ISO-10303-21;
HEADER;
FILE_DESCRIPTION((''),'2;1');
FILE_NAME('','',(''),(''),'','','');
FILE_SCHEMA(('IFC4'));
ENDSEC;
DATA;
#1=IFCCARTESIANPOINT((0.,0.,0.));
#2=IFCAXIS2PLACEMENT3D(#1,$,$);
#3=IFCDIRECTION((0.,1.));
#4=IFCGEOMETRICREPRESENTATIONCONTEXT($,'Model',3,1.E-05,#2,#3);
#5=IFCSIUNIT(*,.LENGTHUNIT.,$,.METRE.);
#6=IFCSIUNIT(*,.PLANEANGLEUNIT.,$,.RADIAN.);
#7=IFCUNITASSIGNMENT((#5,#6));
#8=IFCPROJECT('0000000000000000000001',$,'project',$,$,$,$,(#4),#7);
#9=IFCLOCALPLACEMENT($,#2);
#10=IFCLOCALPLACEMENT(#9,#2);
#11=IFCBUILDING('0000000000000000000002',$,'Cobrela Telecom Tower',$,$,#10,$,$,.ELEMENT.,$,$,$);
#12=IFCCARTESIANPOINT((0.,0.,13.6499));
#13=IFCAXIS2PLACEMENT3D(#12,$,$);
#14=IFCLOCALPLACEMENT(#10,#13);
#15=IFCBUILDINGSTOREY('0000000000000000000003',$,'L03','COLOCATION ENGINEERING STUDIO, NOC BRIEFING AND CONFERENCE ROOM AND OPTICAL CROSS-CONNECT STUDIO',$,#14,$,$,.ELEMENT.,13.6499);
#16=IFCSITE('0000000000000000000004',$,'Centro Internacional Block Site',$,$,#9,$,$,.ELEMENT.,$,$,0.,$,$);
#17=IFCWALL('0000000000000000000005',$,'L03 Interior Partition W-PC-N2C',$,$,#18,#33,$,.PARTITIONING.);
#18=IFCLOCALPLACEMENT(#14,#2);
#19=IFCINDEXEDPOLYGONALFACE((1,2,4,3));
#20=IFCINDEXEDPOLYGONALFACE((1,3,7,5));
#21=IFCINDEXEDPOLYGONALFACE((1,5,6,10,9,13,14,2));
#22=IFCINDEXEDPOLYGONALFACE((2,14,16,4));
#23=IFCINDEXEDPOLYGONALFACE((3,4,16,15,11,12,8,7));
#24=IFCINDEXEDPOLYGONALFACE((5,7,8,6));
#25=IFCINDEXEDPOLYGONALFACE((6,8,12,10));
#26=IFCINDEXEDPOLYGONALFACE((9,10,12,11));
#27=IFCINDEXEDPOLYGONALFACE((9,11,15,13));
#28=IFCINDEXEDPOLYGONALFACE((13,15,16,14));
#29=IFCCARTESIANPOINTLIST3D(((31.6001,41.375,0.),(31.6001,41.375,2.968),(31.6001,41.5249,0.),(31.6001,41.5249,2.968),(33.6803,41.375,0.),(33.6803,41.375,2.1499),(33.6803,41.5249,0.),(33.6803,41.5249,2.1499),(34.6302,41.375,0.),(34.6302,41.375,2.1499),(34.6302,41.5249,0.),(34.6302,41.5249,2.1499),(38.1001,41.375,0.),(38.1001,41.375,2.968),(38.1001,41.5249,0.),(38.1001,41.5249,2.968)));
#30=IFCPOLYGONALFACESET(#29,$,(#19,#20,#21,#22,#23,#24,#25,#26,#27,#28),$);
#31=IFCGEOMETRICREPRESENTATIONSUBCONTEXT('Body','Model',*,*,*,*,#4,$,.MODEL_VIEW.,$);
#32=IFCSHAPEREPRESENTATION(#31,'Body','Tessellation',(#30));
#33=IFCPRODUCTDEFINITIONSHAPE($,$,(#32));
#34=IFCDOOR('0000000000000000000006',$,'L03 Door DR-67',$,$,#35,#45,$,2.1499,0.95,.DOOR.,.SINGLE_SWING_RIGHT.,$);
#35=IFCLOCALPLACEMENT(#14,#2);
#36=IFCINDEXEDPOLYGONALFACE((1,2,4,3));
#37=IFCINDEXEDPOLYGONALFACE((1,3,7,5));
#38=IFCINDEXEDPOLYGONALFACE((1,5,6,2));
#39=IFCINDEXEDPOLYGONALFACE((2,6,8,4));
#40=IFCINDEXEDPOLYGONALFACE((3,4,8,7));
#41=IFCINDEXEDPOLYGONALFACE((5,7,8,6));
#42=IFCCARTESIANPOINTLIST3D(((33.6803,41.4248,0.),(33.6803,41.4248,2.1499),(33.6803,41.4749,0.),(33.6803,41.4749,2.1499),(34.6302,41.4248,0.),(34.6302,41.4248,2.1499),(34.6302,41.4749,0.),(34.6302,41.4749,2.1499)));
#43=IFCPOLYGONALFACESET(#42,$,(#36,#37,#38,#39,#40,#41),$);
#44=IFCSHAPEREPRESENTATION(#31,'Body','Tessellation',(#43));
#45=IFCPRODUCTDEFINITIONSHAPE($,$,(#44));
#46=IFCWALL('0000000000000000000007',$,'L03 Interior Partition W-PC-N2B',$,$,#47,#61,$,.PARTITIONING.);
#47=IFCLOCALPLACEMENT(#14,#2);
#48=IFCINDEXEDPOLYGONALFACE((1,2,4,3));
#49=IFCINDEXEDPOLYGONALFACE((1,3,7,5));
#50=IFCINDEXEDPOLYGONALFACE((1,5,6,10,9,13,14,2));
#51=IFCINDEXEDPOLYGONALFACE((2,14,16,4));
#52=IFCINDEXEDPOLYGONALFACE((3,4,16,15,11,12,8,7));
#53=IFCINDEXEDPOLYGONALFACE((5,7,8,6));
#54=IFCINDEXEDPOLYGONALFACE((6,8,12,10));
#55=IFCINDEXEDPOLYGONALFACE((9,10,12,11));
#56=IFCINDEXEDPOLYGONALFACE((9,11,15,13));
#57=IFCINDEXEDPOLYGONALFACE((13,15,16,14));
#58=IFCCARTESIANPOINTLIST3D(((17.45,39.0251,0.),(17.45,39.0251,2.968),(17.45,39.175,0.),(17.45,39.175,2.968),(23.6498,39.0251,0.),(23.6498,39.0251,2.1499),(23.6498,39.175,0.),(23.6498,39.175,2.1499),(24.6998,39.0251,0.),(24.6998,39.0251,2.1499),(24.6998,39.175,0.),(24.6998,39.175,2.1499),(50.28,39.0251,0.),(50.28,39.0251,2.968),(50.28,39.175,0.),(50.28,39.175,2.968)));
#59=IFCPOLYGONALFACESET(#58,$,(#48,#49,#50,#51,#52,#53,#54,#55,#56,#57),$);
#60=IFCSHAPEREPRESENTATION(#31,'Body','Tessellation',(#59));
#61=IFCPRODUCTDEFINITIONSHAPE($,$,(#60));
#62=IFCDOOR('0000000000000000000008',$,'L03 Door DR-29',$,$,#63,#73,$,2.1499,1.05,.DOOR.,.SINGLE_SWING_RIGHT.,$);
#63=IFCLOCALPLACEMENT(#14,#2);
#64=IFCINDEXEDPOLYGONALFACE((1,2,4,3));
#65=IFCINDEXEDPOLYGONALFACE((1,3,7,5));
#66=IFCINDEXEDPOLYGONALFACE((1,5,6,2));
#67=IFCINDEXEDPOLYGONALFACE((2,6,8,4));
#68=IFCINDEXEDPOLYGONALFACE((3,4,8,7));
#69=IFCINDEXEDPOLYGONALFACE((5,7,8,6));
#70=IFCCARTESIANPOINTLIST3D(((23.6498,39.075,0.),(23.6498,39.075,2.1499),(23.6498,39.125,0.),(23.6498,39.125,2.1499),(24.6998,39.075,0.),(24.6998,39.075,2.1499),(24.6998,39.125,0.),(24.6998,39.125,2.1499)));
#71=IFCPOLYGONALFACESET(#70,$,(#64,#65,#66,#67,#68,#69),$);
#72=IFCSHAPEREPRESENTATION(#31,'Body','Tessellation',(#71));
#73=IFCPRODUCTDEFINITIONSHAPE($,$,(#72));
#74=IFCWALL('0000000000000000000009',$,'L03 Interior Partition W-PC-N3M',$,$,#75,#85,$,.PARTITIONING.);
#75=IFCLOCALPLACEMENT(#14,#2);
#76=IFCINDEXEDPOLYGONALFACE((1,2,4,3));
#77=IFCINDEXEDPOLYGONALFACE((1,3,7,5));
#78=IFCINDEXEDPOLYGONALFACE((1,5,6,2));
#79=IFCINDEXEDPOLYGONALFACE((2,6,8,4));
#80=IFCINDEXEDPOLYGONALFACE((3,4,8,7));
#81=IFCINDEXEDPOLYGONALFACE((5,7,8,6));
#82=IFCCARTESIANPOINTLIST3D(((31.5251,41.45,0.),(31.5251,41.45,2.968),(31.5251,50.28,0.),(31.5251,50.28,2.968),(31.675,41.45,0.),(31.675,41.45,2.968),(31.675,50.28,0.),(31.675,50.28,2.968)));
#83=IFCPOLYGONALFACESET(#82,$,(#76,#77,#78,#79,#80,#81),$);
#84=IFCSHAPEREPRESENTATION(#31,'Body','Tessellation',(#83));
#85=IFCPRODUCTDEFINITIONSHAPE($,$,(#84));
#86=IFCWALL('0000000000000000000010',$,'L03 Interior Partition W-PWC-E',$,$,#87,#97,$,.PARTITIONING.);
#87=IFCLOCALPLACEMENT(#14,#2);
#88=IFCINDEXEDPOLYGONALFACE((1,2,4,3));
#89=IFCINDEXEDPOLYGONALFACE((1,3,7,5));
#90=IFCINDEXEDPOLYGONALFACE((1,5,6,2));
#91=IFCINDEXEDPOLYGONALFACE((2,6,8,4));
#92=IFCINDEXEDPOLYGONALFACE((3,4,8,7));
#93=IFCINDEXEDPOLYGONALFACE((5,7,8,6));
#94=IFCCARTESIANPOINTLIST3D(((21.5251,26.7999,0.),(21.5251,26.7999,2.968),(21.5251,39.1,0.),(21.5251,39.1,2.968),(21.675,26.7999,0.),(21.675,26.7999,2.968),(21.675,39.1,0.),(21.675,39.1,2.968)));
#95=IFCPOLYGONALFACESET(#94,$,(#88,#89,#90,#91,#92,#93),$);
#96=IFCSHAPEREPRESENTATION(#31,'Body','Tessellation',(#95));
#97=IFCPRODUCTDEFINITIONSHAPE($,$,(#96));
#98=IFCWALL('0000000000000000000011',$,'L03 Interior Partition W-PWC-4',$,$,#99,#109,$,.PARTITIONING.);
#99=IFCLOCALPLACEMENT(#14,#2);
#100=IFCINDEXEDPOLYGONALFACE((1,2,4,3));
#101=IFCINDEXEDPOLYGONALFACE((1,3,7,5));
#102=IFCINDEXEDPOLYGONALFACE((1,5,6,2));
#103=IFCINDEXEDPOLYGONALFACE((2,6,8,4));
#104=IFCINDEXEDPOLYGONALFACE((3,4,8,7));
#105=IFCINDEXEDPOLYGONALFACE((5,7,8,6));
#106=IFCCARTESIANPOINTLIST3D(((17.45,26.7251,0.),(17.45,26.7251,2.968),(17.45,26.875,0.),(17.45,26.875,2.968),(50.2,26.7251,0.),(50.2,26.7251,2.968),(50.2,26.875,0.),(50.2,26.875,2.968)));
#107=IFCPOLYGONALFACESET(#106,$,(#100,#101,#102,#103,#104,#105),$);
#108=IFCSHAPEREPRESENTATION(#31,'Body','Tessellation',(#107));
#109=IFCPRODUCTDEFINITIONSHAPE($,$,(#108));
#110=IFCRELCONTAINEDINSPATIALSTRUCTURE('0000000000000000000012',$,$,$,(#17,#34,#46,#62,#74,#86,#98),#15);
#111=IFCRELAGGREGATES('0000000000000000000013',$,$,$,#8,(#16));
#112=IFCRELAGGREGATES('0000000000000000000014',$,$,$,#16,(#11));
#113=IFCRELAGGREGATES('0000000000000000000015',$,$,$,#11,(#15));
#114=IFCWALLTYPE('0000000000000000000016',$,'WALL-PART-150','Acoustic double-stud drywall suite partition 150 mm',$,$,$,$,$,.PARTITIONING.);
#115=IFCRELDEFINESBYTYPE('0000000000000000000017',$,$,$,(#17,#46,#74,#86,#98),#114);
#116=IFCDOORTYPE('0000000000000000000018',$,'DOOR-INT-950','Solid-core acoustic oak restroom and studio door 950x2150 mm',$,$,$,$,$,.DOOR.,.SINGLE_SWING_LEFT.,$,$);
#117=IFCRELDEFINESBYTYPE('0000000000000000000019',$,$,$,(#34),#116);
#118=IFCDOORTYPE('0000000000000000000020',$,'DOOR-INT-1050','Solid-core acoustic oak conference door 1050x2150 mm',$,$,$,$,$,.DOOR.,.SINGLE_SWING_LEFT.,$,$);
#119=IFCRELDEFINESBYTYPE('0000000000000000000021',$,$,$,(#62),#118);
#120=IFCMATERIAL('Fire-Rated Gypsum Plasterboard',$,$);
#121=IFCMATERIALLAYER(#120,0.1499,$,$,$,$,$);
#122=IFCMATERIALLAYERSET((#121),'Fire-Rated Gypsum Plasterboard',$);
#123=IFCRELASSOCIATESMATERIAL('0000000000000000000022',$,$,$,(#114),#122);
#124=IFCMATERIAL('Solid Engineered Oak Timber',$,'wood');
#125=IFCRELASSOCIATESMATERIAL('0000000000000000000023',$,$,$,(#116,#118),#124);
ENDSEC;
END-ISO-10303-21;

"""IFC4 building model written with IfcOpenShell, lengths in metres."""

from ifc_helpers import new_model, si_unit, direction, frame, frame_2d, origin, place, context, subcontext, project, spatial, rectangle, extrude, material, layer, layer_set, type_object, element, fill, save


model = new_model("IFC4")

# Units and contexts
model_context = context("Model", 3, precision=1e-05, world=origin(), true_north=direction((0.0, 1.0)))
body_context = subcontext(model_context, "Body", "Model", "MODEL_VIEW")
ifc_project = project(units=[si_unit("LENGTHUNIT", "METRE"), si_unit("PLANEANGLEUNIT", "RADIAN")], contexts=[model_context])

# Site, building, storey
site_placement = place(None, origin())
site = spatial("IfcSite", under=ifc_project, at=site_placement, Name="Centro Internacional Block Site", CompositionType="ELEMENT", RefElevation=0.0)
building_placement = place(site_placement, origin())
building = spatial("IfcBuilding", under=site, at=building_placement, Name="Cobrela Telecom Tower", CompositionType="ELEMENT")
storey_placement = place(building_placement, frame((0.0, 0.0, 13.6499)))
storey = spatial("IfcBuildingStorey", under=building, at=storey_placement, Name="L03", Description="COLOCATION ENGINEERING STUDIO, NOC BRIEFING AND CONFERENCE ROOM AND OPTICAL CROSS-CONNECT STUDIO", CompositionType="ELEMENT", Elevation=13.6499)

# Shared definitions
ifc_material_1 = material(Name="Fire-Rated Gypsum Plasterboard")

# Walls, openings, doors
ifc_layer_1 = layer(ifc_material_1, 0.1499)
ifc_layer_set_1 = layer_set([ifc_layer_1], Name="Fire-Rated Gypsum Plasterboard")
wall_type_1 = type_object("IfcWallType", Name="WALL-PART-150", Description="Acoustic double-stud drywall suite partition 150 mm", PredefinedType="PARTITIONING", material=ifc_layer_set_1)
wall_1_placement = place(storey_placement, frame((31.6001, 41.45, 0.0), z_axis=(0.0, 0.0, 1.0), x_axis=(1.0, 0.0, 0.0)))
wall_1 = element("IfcWall", 1, at=wall_1_placement, inside=storey, type_object=wall_type_1, Name="L03 Interior Partition W-PC-N2C", PredefinedType="PARTITIONING", context=body_context, shape_type="SweptSolid", body=[
    extrude(rectangle(XDim=6.5, YDim=0.1499, at=frame_2d((3.25, 0.0))), origin(), (0.0, 0.0, 1.0), 2.968),
])
opening_1_placement = place(wall_1_placement, frame((2.0801, 0.0, 0.0)))
opening_1 = element("IfcOpeningElement", 2, at=opening_1_placement, cuts=wall_1, PredefinedType="OPENING", context=body_context, shape_type="SweptSolid", body=[
    extrude(rectangle(XDim=0.95, YDim=2.1499, at=frame_2d((0.4751, 1.075))), frame((0.0, 0.0869, 0.0), z_axis=(0.0, -1.0, 0.0), x_axis=(1.0, 0.0, 0.0)), (0.0, 0.0, 1.0), 0.1738),
])
ifc_material_2 = material(Name="Solid Engineered Oak Timber", Category="wood")
door_type_1 = type_object("IfcDoorType", Name="DOOR-INT-950", Description="Solid-core acoustic oak restroom and studio door 950x2150 mm", OperationType="SINGLE_SWING_LEFT", PredefinedType="DOOR", material=ifc_material_2)
door_1_placement = place(opening_1_placement, origin())
door_1 = element("IfcDoor", 3, at=door_1_placement, inside=storey, type_object=door_type_1, Name="L03 Door DR-67", OperationType="SINGLE_SWING_RIGHT", OverallHeight=2.1499, OverallWidth=0.95, PredefinedType="DOOR", context=body_context, shape_type="SweptSolid", body=[
    extrude(rectangle(XDim=0.95, YDim=2.1499, at=frame_2d((0.4751, 1.075))), frame((0.0, 0.0249, 0.0), z_axis=(0.0, -1.0, 0.0), x_axis=(1.0, 0.0, 0.0)), (0.0, 0.0, 1.0), 0.05),
])
fill(opening_1, door_1)
wall_2_placement = place(storey_placement, frame((17.45, 39.1001, 0.0), z_axis=(0.0, 0.0, 1.0), x_axis=(1.0, 0.0, 0.0)))
wall_2 = element("IfcWall", 4, at=wall_2_placement, inside=storey, type_object=wall_type_1, Name="L03 Interior Partition W-PC-N2B", PredefinedType="PARTITIONING", context=body_context, shape_type="SweptSolid", body=[
    extrude(rectangle(XDim=32.8301, YDim=0.1499, at=frame_2d((16.415, 0.0))), origin(), (0.0, 0.0, 1.0), 2.968),
])
opening_2_placement = place(wall_2_placement, frame((6.2, 0.0, 0.0)))
opening_2 = element("IfcOpeningElement", 5, at=opening_2_placement, cuts=wall_2, PredefinedType="OPENING", context=body_context, shape_type="SweptSolid", body=[
    extrude(rectangle(XDim=1.05, YDim=2.1499, at=frame_2d((0.5249, 1.075))), frame((0.0, 0.0869, 0.0), z_axis=(0.0, -1.0, 0.0), x_axis=(1.0, 0.0, 0.0)), (0.0, 0.0, 1.0), 0.1738),
])
door_type_2 = type_object("IfcDoorType", Name="DOOR-INT-1050", Description="Solid-core acoustic oak conference door 1050x2150 mm", OperationType="SINGLE_SWING_LEFT", PredefinedType="DOOR", material=ifc_material_2)
door_2_placement = place(opening_2_placement, origin())
door_2 = element("IfcDoor", 6, at=door_2_placement, inside=storey, type_object=door_type_2, Name="L03 Door DR-29", OperationType="SINGLE_SWING_RIGHT", OverallHeight=2.1499, OverallWidth=1.05, PredefinedType="DOOR", context=body_context, shape_type="SweptSolid", body=[
    extrude(rectangle(XDim=1.05, YDim=2.1499, at=frame_2d((0.5249, 1.075))), frame((0.0, 0.0249, 0.0), z_axis=(0.0, -1.0, 0.0), x_axis=(1.0, 0.0, 0.0)), (0.0, 0.0, 1.0), 0.05),
])
fill(opening_2, door_2)

# Walls
wall_3_placement = place(storey_placement, frame((31.6001, 41.45, 0.0), z_axis=(0.0, 0.0, 1.0), x_axis=(0.0, 1.0, 0.0)))
element("IfcWall", 7, at=wall_3_placement, inside=storey, type_object=wall_type_1, Name="L03 Interior Partition W-PC-N3M", PredefinedType="PARTITIONING", context=body_context, shape_type="SweptSolid", body=[
    extrude(rectangle(XDim=8.8301, YDim=0.1499, at=frame_2d((4.415, 0.0))), origin(), (0.0, 0.0, 1.0), 2.968),
])
wall_4_placement = place(storey_placement, frame((21.6001, 26.8, 0.0), z_axis=(0.0, 0.0, 1.0), x_axis=(0.0, 1.0, 0.0)))
element("IfcWall", 8, at=wall_4_placement, inside=storey, type_object=wall_type_1, Name="L03 Interior Partition W-PWC-E", PredefinedType="PARTITIONING", context=body_context, shape_type="SweptSolid", body=[
    extrude(rectangle(XDim=12.3, YDim=0.1499, at=frame_2d((6.1499, 0.0))), origin(), (0.0, 0.0, 1.0), 2.968),
])
wall_5_placement = place(storey_placement, frame((17.45, 26.8, 0.0), z_axis=(0.0, 0.0, 1.0), x_axis=(1.0, 0.0, 0.0)))
element("IfcWall", 9, at=wall_5_placement, inside=storey, type_object=wall_type_1, Name="L03 Interior Partition W-PWC-4", PredefinedType="PARTITIONING", context=body_context, shape_type="SweptSolid", body=[
    extrude(rectangle(XDim=32.75, YDim=0.1499, at=frame_2d((16.375, 0.0))), origin(), (0.0, 0.0, 1.0), 2.968),
])

save(model, "model.ifc")
